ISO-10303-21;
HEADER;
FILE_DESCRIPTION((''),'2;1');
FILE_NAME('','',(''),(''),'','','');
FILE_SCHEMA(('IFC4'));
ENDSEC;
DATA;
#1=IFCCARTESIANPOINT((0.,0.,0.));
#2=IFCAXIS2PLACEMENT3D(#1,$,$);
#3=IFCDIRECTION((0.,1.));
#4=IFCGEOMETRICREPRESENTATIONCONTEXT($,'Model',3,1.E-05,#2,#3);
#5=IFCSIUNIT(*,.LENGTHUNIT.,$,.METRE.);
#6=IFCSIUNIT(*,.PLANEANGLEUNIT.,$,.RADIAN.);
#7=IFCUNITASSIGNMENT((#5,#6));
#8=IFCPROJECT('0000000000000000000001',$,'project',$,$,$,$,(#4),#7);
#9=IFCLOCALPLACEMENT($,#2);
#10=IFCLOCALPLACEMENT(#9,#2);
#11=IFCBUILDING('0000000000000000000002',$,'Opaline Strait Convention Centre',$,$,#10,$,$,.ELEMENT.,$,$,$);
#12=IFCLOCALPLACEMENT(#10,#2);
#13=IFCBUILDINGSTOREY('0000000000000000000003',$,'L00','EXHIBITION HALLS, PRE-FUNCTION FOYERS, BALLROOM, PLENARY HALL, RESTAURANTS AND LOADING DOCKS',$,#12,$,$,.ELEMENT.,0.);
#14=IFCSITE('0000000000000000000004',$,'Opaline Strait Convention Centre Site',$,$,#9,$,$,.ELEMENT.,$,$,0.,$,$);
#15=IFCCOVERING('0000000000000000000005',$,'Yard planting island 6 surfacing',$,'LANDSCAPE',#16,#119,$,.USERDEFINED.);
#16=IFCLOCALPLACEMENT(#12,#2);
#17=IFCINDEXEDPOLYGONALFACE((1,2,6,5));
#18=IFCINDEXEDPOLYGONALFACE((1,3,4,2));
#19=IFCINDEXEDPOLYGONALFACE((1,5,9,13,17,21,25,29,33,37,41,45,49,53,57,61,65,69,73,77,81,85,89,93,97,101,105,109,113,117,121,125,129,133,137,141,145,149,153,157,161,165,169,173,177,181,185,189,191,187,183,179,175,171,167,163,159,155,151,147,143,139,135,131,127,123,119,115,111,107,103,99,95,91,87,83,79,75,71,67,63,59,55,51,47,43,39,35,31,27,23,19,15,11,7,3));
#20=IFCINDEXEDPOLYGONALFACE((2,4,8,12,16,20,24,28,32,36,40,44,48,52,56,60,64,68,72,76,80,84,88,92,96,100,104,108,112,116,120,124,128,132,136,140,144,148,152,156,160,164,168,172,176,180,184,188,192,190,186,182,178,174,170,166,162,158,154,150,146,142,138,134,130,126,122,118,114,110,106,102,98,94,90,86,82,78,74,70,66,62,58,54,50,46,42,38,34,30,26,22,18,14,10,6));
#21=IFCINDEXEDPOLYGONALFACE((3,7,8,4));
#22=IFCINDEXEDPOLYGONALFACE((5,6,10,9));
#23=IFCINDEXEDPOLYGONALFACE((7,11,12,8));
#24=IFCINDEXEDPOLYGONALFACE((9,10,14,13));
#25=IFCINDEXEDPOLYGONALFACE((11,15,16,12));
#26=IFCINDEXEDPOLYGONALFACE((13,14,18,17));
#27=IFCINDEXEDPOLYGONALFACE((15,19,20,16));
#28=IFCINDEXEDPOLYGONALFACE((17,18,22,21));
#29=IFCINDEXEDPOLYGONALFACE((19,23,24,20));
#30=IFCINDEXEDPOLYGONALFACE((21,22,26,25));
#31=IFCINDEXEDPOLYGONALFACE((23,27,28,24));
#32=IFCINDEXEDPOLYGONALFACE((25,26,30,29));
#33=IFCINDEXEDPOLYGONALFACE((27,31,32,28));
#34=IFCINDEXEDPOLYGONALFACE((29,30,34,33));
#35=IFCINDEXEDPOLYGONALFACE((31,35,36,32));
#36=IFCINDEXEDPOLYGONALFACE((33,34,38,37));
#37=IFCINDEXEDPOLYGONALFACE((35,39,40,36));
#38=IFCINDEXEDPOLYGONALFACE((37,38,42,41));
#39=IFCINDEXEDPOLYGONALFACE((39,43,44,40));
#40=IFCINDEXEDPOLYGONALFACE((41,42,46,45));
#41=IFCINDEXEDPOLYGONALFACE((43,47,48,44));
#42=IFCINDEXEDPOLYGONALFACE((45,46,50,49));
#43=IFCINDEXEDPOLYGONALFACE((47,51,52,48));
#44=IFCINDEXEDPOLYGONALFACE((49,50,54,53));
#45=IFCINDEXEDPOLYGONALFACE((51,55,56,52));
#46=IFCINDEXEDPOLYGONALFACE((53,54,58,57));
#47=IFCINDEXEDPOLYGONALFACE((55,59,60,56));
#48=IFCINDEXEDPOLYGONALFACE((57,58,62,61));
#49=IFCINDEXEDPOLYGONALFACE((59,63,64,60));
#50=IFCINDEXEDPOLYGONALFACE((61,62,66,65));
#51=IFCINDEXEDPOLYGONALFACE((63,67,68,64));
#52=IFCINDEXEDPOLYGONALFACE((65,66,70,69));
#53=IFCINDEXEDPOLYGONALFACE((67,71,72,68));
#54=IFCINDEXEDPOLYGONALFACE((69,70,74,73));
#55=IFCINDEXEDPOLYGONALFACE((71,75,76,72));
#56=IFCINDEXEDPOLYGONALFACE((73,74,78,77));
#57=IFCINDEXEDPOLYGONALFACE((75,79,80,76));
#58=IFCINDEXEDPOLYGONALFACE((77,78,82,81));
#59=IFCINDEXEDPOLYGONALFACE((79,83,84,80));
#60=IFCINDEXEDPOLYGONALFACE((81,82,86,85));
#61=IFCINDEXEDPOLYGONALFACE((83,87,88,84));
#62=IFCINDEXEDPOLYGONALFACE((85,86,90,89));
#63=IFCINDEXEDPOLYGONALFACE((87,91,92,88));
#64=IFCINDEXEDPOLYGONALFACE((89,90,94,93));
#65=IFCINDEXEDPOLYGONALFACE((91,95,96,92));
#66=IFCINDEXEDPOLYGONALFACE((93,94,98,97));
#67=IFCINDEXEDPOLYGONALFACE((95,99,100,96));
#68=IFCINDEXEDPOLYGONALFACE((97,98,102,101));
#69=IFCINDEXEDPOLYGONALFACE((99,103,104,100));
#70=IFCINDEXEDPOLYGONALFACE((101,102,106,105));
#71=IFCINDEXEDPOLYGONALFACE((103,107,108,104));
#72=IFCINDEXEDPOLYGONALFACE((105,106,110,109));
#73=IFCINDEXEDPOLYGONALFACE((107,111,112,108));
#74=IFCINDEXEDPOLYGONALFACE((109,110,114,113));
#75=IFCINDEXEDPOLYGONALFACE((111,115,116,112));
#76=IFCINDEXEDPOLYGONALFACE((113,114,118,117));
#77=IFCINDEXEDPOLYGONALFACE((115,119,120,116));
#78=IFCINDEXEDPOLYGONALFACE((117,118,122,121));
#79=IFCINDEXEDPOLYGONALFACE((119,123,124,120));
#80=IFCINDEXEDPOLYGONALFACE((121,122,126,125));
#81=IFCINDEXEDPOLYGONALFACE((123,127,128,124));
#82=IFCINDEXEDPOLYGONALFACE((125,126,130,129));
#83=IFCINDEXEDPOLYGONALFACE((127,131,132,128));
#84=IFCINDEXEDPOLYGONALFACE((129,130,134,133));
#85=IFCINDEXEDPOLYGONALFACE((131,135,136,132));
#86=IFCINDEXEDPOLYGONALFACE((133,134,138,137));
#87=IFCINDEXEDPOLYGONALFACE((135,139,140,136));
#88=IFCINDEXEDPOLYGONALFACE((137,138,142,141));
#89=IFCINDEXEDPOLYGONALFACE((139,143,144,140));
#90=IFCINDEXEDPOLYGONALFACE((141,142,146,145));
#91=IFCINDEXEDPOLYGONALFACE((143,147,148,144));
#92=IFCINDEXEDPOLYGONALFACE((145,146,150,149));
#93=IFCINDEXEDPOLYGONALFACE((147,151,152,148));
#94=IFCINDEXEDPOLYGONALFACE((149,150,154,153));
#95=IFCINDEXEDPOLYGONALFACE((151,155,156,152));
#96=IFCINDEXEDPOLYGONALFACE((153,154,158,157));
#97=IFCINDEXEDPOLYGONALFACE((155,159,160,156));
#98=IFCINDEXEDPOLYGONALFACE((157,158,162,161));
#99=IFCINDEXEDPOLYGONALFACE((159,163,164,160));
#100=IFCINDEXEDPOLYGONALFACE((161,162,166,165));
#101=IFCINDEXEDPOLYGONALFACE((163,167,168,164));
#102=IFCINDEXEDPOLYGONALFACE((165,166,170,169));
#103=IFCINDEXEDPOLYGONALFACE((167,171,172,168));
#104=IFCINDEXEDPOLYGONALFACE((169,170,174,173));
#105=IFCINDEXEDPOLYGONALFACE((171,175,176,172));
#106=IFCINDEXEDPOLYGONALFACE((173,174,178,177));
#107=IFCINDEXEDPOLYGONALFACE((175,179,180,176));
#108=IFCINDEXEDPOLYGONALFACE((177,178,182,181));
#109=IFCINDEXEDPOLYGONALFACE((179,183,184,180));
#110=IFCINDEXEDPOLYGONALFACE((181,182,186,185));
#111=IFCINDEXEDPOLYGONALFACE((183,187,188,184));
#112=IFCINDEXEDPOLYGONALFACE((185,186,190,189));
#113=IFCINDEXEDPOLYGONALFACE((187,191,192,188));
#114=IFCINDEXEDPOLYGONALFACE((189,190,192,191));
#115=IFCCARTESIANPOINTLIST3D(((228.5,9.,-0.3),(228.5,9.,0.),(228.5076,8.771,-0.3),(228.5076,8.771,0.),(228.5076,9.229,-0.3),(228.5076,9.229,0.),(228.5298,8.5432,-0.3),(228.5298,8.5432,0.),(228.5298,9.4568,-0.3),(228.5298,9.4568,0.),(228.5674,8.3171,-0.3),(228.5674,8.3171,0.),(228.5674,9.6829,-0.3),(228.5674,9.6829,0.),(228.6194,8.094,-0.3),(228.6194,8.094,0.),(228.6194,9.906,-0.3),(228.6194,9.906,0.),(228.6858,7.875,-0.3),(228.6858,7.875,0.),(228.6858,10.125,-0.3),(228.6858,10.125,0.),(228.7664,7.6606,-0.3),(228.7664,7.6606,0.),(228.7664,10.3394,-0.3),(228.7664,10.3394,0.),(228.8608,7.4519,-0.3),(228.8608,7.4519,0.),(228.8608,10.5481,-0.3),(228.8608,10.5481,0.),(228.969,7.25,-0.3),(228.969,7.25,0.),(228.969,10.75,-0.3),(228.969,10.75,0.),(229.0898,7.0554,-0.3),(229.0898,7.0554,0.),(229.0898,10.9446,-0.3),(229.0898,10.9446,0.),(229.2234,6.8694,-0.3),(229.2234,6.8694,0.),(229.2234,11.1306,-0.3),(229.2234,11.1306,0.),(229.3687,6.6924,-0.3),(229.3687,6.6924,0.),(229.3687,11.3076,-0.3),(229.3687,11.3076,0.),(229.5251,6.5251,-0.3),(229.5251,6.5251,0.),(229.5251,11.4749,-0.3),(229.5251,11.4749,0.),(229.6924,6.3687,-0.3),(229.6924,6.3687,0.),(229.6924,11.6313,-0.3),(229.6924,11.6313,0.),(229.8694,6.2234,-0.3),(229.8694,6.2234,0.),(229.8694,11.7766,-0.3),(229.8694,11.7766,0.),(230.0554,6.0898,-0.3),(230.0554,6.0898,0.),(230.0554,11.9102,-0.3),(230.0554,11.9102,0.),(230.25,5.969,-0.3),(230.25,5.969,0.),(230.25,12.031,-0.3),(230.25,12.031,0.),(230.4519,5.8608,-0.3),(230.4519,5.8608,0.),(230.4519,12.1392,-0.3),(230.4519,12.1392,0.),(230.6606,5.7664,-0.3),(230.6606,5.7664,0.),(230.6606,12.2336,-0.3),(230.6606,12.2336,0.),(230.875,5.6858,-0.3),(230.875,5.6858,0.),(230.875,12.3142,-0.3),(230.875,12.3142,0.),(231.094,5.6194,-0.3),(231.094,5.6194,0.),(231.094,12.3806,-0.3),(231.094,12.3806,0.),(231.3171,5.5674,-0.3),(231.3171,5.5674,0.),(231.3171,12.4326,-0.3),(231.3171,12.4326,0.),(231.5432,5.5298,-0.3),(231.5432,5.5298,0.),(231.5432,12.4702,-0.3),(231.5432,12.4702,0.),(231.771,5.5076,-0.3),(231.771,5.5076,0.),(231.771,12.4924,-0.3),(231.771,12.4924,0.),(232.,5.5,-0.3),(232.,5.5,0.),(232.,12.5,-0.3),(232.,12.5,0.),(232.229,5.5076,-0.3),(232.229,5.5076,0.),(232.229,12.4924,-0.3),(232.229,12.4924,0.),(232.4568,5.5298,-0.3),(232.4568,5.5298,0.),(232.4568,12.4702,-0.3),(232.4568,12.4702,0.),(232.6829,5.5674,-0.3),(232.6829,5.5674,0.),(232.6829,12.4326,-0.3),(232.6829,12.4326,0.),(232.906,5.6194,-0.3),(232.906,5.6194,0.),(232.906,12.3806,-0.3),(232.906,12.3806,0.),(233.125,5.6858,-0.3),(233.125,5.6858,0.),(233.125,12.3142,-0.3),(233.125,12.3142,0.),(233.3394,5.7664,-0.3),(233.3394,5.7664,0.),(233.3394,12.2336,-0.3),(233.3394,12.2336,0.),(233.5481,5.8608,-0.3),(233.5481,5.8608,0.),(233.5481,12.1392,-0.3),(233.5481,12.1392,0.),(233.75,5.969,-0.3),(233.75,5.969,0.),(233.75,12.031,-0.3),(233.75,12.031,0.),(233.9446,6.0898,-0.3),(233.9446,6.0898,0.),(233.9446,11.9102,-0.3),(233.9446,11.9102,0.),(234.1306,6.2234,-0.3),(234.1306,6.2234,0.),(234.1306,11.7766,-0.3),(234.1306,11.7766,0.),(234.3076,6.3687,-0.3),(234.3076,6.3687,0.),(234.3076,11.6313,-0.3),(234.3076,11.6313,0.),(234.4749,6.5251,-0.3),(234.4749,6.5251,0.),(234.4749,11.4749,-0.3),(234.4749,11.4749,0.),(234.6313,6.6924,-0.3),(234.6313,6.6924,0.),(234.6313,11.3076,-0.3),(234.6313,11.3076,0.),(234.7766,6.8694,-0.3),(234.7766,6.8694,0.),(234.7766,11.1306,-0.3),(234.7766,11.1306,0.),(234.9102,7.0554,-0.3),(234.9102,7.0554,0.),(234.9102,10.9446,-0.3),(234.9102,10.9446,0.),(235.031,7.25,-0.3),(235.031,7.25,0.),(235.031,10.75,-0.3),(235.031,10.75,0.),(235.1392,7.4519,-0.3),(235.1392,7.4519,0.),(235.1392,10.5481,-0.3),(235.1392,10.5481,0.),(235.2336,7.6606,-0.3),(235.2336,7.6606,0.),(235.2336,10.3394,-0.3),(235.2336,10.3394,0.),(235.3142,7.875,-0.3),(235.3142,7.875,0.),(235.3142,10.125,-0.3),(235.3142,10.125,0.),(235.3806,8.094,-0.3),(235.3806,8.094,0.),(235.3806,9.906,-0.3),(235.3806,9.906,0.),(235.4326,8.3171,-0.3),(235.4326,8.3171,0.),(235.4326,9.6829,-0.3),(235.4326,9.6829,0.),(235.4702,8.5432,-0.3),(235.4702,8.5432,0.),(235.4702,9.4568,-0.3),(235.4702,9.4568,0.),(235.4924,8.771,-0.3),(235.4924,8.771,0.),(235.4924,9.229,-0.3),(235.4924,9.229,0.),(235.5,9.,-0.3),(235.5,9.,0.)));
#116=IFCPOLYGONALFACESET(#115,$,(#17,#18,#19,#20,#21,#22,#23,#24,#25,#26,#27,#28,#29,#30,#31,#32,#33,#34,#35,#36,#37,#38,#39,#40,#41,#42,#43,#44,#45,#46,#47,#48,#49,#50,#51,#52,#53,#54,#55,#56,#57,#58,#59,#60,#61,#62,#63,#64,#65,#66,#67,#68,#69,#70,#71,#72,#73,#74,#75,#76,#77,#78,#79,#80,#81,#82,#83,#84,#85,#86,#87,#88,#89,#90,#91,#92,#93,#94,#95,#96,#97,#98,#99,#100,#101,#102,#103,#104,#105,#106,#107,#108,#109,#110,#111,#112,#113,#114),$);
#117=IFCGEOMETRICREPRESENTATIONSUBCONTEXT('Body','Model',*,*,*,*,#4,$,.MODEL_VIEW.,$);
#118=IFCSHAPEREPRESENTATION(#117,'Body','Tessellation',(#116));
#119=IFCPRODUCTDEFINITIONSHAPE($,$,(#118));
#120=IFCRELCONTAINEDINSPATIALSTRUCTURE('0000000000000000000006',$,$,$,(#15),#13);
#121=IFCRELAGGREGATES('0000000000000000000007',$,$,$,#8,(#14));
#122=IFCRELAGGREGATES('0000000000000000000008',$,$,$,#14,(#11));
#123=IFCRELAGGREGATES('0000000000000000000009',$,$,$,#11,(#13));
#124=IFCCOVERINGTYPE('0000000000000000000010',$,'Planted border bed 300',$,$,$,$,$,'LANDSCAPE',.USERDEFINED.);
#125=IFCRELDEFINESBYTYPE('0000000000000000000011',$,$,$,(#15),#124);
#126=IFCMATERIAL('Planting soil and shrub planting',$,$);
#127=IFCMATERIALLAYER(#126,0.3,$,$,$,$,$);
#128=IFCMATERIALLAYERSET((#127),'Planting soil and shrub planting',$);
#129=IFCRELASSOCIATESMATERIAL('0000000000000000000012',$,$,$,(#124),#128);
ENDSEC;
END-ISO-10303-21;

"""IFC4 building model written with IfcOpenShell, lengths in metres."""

from ifc_helpers import new_model, si_unit, direction, frame, origin, place, context, subcontext, project, spatial, polyline, outline, extrude, material, layer, layer_set, type_object, element, save


model = new_model("IFC4")

# Units and contexts
model_context = context("Model", 3, precision=1e-05, world=origin(), true_north=direction((0.0, 1.0)))
body_context = subcontext(model_context, "Body", "Model", "MODEL_VIEW")
ifc_project = project(units=[si_unit("LENGTHUNIT", "METRE"), si_unit("PLANEANGLEUNIT", "RADIAN")], contexts=[model_context])

# Site, building, storey
site_placement = place(None, origin())
site = spatial("IfcSite", under=ifc_project, at=site_placement, Name="Opaline Strait Convention Centre Site", CompositionType="ELEMENT", RefElevation=0.0)
building_placement = place(site_placement, origin())
building = spatial("IfcBuilding", under=site, at=building_placement, Name="Opaline Strait Convention Centre", CompositionType="ELEMENT")
storey_placement = place(building_placement, origin())
storey = spatial("IfcBuildingStorey", under=building, at=storey_placement, Name="L00", Description="EXHIBITION HALLS, PRE-FUNCTION FOYERS, BALLROOM, PLENARY HALL, RESTAURANTS AND LOADING DOCKS", CompositionType="ELEMENT", Elevation=0.0)

# Covering
ifc_material_1 = material(Name="Planting soil and shrub planting")
ifc_layer_1 = layer(ifc_material_1, 0.3)
ifc_layer_set_1 = layer_set([ifc_layer_1], Name="Planting soil and shrub planting")
covering_type_1 = type_object("IfcCoveringType", Name="Planted border bed 300", ElementType="LANDSCAPE", PredefinedType="USERDEFINED", material=ifc_layer_set_1)
covering_1_placement = place(storey_placement, frame((0.0, 0.0, -0.3)))
element("IfcCovering", 1, at=covering_1_placement, inside=storey, type_object=covering_type_1, Name="Yard planting island 6 surfacing", ObjectType="LANDSCAPE", PredefinedType="USERDEFINED", context=body_context, shape_type="SweptSolid", body=[
    extrude(outline(polyline([(235.4326, 8.3171), (235.4702, 8.5432), (235.4924, 8.771), (235.5, 9.0), (235.4924, 9.229), (235.4702, 9.4568), (235.4326, 9.6829), (235.3806, 9.906), (235.3142, 10.125), (235.2336, 10.3394), (235.1392, 10.5481), (235.031, 10.75), (234.9102, 10.9446), (234.7766, 11.1306), (234.6313, 11.3076), (234.4749, 11.4749), (234.3076, 11.6313), (234.1306, 11.7766), (233.9446, 11.9102), (233.75, 12.031), (233.5481, 12.1392), (233.3394, 12.2336), (233.125, 12.3142), (232.906, 12.3806), (232.6829, 12.4326), (232.4568, 12.4702), (232.229, 12.4924), (232.0, 12.5), (231.771, 12.4924), (231.5432, 12.4702), (231.3171, 12.4326), (231.094, 12.3806), (230.875, 12.3142), (230.6606, 12.2336), (230.4519, 12.1392), (230.25, 12.031), (230.0554, 11.9102), (229.8694, 11.7766), (229.6924, 11.6313), (229.5251, 11.4749), (229.3687, 11.3076), (229.2234, 11.1306), (229.0898, 10.9446), (228.969, 10.75), (228.8608, 10.5481), (228.7664, 10.3394), (228.6858, 10.125), (228.6194, 9.906), (228.5674, 9.6829), (228.5298, 9.4568), (228.5076, 9.229), (228.5, 9.0), (228.5076, 8.771), (228.5298, 8.5432), (228.5674, 8.3171), (228.6194, 8.094), (228.6858, 7.875), (228.7664, 7.6606), (228.8608, 7.4519), (228.969, 7.25), (229.0898, 7.0554), (229.2234, 6.8694), (229.3687, 6.6924), (229.5251, 6.5251), (229.6924, 6.3687), (229.8694, 6.2234), (230.0554, 6.0898), (230.25, 5.969), (230.4519, 5.8608), (230.6606, 5.7664), (230.875, 5.6858), (231.094, 5.6194), (231.3171, 5.5674), (231.5432, 5.5298), (231.771, 5.5076), (232.0, 5.5), (232.229, 5.5076), (232.4568, 5.5298), (232.6829, 5.5674), (232.906, 5.6194), (233.125, 5.6858), (233.3394, 5.7664), (233.5481, 5.8608), (233.75, 5.969), (233.9446, 6.0898), (234.1306, 6.2234), (234.3076, 6.3687), (234.4749, 6.5251), (234.6313, 6.6924), (234.7766, 6.8694), (234.9102, 7.0554), (235.031, 7.25), (235.1392, 7.4519), (235.2336, 7.6606), (235.3142, 7.875), (235.3806, 8.094), (235.4326, 8.3171)])), origin(), (0.0, 0.0, 1.0), 0.3),
])

save(model, "model.ifc")
